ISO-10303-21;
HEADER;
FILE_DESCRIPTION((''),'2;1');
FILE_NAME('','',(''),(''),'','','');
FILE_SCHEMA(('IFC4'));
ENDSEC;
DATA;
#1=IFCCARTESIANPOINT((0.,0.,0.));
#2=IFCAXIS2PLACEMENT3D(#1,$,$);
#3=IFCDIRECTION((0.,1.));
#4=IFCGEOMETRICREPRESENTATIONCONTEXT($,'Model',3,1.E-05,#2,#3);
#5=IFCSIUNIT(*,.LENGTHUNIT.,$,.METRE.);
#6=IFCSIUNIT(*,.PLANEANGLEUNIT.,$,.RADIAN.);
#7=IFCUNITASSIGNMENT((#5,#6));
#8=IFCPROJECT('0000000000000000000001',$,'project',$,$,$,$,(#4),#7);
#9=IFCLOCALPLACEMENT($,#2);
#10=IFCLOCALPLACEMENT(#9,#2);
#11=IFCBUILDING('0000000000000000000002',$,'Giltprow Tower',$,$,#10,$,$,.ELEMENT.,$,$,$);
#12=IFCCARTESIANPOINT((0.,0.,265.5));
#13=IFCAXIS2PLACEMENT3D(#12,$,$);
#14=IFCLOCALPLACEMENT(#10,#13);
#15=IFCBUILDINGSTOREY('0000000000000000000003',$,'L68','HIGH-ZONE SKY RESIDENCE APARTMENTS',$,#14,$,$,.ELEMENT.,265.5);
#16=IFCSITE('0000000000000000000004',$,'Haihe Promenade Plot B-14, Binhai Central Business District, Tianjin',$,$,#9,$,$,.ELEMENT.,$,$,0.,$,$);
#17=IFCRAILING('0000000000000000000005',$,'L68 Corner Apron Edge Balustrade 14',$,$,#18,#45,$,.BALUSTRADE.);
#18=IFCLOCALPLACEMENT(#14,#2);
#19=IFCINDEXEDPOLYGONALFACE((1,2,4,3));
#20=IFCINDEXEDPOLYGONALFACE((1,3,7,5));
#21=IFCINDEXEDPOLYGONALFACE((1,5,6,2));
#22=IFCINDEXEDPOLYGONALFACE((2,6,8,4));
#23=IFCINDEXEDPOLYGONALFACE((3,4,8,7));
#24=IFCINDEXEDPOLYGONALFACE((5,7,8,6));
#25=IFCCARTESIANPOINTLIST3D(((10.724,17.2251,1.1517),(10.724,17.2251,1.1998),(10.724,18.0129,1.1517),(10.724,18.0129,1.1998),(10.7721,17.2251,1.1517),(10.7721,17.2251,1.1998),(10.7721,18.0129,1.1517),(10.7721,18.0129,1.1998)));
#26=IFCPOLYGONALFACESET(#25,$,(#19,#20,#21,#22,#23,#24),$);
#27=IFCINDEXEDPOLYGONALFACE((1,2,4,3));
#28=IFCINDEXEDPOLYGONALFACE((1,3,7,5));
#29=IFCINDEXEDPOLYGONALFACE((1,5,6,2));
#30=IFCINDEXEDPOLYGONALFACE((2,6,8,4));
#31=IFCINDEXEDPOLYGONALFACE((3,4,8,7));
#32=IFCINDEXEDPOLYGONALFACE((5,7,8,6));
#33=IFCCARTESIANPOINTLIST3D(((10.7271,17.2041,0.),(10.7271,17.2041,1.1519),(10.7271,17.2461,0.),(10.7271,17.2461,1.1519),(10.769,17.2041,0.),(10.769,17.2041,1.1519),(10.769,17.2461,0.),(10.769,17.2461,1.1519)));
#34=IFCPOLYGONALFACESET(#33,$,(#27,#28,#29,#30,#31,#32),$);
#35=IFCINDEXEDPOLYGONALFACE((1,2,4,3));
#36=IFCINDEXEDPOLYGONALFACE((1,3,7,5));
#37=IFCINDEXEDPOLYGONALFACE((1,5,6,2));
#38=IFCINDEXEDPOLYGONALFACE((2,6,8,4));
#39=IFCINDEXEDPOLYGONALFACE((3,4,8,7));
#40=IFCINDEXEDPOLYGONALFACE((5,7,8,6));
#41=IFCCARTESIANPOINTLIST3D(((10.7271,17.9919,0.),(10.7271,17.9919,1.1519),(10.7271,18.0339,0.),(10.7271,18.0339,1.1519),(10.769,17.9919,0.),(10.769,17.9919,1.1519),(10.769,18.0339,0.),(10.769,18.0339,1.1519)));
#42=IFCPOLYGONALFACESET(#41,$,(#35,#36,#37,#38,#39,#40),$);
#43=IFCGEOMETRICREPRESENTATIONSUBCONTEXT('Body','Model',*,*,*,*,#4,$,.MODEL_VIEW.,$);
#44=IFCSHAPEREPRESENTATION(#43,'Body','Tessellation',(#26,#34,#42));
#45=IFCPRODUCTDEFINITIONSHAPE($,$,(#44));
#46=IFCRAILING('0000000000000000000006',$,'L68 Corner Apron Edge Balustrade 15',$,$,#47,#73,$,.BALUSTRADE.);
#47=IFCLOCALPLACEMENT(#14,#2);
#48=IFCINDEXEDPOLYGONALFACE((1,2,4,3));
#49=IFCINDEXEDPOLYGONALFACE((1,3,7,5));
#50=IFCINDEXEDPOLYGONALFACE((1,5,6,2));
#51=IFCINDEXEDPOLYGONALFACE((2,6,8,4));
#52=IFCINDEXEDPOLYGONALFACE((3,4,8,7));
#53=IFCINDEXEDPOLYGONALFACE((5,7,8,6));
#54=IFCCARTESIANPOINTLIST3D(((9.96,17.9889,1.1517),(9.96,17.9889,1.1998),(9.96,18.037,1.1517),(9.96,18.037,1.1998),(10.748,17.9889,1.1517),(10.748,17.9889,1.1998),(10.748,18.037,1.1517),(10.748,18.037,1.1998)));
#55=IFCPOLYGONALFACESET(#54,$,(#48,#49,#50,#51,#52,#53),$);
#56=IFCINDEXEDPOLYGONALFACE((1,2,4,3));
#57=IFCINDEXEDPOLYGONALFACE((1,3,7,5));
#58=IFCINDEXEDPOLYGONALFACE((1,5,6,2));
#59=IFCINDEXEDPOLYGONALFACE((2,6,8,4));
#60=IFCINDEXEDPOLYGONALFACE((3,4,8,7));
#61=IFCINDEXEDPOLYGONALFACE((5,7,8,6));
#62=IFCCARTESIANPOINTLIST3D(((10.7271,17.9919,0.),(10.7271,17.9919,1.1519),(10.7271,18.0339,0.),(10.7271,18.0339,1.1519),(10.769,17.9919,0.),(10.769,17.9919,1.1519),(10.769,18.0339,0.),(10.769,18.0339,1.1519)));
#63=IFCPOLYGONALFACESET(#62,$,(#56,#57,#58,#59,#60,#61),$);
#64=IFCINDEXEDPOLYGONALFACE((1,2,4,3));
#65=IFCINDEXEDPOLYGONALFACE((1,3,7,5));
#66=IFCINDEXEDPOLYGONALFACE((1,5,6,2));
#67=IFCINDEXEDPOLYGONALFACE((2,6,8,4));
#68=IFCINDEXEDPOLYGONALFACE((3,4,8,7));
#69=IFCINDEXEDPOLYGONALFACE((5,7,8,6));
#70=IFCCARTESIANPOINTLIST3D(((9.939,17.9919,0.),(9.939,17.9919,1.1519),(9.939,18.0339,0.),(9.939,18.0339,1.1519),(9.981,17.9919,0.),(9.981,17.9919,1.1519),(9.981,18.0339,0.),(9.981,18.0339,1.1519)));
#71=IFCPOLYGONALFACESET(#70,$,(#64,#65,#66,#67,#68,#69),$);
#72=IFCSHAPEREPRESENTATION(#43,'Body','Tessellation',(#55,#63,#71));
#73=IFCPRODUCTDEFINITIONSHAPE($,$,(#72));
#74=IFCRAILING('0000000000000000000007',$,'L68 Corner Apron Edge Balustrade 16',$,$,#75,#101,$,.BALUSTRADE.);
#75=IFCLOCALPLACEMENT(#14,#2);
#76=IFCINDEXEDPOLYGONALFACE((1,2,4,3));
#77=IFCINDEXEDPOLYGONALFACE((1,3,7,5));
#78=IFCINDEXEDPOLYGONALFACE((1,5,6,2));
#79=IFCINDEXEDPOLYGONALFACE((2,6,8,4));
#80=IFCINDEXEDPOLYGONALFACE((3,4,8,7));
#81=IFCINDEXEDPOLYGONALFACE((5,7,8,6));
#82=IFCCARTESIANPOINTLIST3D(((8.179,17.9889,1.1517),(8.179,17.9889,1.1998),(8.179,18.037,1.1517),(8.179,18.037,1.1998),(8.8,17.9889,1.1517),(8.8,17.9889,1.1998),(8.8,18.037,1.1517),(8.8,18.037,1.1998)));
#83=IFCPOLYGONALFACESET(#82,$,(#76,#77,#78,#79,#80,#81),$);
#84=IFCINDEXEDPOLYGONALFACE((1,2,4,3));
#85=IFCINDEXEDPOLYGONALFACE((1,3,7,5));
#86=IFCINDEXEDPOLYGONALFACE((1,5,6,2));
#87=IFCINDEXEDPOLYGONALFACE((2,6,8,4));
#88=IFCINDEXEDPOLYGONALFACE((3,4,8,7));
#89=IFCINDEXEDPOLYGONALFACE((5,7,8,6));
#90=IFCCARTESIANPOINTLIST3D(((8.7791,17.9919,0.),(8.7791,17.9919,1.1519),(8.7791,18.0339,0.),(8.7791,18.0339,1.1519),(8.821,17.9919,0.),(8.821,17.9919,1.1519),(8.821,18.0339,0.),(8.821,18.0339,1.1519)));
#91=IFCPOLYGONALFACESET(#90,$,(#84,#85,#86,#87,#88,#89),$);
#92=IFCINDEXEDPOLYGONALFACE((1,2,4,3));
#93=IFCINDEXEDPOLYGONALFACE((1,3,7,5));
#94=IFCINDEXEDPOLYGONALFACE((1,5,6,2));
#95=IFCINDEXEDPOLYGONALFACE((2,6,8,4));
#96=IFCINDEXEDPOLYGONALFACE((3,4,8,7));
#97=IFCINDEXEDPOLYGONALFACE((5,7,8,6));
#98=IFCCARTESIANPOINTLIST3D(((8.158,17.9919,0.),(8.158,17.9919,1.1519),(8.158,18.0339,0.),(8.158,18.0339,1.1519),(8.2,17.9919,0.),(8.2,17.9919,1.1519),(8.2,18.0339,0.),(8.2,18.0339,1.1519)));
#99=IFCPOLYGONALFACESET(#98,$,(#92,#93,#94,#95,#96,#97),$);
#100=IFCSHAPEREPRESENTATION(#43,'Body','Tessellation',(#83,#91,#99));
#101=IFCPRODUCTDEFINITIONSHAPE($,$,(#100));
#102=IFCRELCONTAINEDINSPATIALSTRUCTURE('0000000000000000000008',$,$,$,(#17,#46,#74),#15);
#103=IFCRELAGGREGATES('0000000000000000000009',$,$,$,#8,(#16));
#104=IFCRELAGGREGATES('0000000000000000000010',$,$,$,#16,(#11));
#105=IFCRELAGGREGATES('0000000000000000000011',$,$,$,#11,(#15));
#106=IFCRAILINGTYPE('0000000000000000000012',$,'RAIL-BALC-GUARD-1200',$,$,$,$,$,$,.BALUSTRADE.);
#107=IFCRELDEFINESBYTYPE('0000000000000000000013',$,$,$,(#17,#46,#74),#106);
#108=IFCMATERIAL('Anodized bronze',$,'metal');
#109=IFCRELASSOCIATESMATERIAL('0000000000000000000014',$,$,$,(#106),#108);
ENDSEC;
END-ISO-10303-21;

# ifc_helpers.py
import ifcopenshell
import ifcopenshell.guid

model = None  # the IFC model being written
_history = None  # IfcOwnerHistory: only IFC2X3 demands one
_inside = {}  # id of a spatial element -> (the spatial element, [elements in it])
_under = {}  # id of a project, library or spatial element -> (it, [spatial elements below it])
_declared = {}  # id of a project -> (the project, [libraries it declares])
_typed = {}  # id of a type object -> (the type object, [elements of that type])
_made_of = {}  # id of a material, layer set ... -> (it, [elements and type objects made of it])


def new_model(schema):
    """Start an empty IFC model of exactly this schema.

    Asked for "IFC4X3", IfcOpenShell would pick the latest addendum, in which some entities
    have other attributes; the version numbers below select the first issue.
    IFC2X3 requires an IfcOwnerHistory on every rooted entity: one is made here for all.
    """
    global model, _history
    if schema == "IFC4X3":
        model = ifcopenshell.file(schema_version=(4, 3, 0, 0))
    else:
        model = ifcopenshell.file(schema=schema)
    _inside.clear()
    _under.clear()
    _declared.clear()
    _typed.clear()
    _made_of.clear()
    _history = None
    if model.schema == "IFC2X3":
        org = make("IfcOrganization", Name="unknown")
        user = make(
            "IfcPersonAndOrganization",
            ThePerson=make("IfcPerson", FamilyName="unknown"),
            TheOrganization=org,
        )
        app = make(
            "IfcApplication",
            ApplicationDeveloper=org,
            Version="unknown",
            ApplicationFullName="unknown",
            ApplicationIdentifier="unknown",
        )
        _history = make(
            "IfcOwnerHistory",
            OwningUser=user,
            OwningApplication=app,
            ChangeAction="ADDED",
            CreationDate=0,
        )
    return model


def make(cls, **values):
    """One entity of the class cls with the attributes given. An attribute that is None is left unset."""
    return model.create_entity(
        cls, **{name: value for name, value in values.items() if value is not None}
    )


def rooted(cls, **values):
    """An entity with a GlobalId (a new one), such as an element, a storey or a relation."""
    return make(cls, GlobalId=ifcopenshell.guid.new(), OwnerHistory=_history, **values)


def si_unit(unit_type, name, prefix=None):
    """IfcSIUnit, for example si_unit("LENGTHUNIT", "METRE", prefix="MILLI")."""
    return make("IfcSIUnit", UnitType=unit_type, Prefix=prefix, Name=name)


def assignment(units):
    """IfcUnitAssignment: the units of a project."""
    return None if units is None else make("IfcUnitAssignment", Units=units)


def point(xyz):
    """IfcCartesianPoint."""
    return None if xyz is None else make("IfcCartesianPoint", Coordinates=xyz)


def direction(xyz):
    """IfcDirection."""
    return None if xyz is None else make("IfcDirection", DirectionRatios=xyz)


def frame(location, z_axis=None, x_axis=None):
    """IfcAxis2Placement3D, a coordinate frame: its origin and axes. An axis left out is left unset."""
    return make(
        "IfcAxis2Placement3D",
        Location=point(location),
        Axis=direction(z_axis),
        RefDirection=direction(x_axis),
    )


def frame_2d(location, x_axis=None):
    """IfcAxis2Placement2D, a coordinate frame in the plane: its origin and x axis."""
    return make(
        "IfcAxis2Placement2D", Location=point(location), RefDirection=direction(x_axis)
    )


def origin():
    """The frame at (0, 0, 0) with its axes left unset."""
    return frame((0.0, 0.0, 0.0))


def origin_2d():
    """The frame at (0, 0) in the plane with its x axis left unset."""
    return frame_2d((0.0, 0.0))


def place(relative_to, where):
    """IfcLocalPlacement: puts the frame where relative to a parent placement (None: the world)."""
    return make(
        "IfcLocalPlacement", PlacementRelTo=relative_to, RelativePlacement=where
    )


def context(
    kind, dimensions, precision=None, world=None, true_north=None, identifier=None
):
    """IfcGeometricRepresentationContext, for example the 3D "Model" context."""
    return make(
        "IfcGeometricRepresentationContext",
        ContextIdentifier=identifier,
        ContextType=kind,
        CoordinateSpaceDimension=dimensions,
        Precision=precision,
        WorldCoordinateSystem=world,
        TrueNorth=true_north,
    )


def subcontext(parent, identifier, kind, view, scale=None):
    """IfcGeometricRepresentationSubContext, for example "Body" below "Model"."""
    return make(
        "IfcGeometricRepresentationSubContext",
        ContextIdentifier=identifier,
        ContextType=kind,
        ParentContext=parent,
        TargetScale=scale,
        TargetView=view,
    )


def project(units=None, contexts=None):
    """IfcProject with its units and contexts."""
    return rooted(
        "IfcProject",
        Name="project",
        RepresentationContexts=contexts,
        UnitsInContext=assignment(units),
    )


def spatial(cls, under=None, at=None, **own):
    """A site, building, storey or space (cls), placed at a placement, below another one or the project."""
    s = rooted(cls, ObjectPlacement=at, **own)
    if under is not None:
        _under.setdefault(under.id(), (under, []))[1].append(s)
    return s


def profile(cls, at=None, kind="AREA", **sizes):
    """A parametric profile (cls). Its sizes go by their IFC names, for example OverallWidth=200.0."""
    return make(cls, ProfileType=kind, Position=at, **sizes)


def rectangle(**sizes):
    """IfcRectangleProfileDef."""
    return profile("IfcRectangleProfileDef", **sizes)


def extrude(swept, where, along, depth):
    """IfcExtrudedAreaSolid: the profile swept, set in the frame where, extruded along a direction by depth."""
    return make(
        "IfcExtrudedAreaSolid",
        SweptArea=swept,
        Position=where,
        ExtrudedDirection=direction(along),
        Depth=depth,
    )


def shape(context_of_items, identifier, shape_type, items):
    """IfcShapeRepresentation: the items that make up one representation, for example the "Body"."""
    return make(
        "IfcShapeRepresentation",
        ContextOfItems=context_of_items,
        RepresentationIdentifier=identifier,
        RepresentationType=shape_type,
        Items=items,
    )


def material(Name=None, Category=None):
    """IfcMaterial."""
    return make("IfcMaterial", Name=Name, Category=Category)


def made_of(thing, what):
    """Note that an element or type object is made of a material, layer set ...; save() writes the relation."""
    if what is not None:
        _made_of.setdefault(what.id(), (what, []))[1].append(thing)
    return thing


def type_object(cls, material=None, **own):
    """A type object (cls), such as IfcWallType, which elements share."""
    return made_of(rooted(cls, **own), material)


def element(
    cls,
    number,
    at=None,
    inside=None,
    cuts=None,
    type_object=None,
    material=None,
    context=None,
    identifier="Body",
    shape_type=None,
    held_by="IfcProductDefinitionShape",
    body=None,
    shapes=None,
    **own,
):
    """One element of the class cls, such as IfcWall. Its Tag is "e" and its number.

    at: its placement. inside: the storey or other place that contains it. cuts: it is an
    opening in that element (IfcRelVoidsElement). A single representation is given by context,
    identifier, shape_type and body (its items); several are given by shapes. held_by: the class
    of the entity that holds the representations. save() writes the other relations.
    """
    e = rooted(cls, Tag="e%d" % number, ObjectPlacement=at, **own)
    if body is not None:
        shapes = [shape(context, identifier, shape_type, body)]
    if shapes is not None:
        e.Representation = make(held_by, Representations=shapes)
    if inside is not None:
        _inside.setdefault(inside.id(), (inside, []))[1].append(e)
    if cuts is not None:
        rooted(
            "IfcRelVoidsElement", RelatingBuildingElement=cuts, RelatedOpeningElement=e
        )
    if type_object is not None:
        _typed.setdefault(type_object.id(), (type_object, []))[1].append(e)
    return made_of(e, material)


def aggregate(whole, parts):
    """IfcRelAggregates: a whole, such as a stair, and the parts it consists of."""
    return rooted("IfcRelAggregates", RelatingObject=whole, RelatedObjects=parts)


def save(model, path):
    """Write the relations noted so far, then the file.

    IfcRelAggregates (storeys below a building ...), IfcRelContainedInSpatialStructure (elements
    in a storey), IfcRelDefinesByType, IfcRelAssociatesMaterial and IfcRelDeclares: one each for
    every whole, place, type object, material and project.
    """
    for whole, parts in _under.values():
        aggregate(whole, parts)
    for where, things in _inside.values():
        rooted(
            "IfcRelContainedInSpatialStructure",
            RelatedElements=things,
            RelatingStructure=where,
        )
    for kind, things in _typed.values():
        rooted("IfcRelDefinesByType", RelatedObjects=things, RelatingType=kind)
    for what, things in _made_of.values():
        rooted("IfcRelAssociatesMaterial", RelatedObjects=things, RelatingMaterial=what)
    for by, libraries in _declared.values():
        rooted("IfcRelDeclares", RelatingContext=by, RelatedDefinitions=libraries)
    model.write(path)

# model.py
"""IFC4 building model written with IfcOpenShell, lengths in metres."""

from ifc_helpers import new_model, si_unit, direction, frame, origin, origin_2d, place, context, subcontext, project, spatial, rectangle, extrude, material, type_object, element, save


model = new_model("IFC4")

# Units and contexts
model_context = context("Model", 3, precision=1e-05, world=origin(), true_north=direction((0.0, 1.0)))
body_context = subcontext(model_context, "Body", "Model", "MODEL_VIEW")
ifc_project = project(units=[si_unit("LENGTHUNIT", "METRE"), si_unit("PLANEANGLEUNIT", "RADIAN")], contexts=[model_context])

# Site, building, storey
site_placement = place(None, origin())
site = spatial("IfcSite", under=ifc_project, at=site_placement, Name="Haihe Promenade Plot B-14, Binhai Central Business District, Tianjin", CompositionType="ELEMENT", RefElevation=0.0)
building_placement = place(site_placement, origin())
building = spatial("IfcBuilding", under=site, at=building_placement, Name="Giltprow Tower", CompositionType="ELEMENT")
storey_placement = place(building_placement, frame((0.0, 0.0, 265.5)))
storey = spatial("IfcBuildingStorey", under=building, at=storey_placement, Name="L68", Description="HIGH-ZONE SKY RESIDENCE APARTMENTS", CompositionType="ELEMENT", Elevation=265.5)

# Shared definitions
ifc_material_1 = material(Name="Anodized bronze", Category="metal")

# Railings
railing_type = type_object("IfcRailingType", Name="RAIL-BALC-GUARD-1200", PredefinedType="BALUSTRADE", material=ifc_material_1)
railing_1_placement = place(storey_placement, frame((10.748, 17.2251, 0.0)))
element("IfcRailing", 1, at=railing_1_placement, inside=storey, type_object=railing_type, Name="L68 Corner Apron Edge Balustrade 14", PredefinedType="BALUSTRADE", context=body_context, shape_type="SweptSolid", body=[
    extrude(rectangle(XDim=0.0481, YDim=0.0481, at=origin_2d()), frame((0.0, 0.0, 1.1758), z_axis=(0.0, 1.0, 0.0), x_axis=(-1.0, 0.0, 0.0)), (0.0, 0.0, 1.0), 0.7878),
    extrude(rectangle(XDim=0.042, YDim=0.042, at=origin_2d()), origin(), (0.0, 0.0, 1.0), 1.1519),
    extrude(rectangle(XDim=0.042, YDim=0.042, at=origin_2d()), frame((0.0, 0.7878, 0.0)), (0.0, 0.0, 1.0), 1.1519),
])
railing_2_placement = place(storey_placement, frame((10.748, 18.0129, 0.0)))
element("IfcRailing", 2, at=railing_2_placement, inside=storey, type_object=railing_type, Name="L68 Corner Apron Edge Balustrade 15", PredefinedType="BALUSTRADE", context=body_context, shape_type="SweptSolid", body=[
    extrude(rectangle(XDim=0.0481, YDim=0.0481, at=origin_2d()), frame((0.0, 0.0, 1.1758), z_axis=(-1.0, 0.0, 0.0), x_axis=(0.0, -1.0, 0.0)), (0.0, 0.0, 1.0), 0.7881),
    extrude(rectangle(XDim=0.042, YDim=0.042, at=origin_2d()), origin(), (0.0, 0.0, 1.0), 1.1519),
    extrude(rectangle(XDim=0.042, YDim=0.042, at=origin_2d()), frame((-0.7881, 0.0, 0.0)), (0.0, 0.0, 1.0), 1.1519),
])
railing_3_placement = place(storey_placement, frame((8.8, 18.0129, 0.0)))
element("IfcRailing", 3, at=railing_3_placement, inside=storey, type_object=railing_type, Name="L68 Corner Apron Edge Balustrade 16", PredefinedType="BALUSTRADE", context=body_context, shape_type="SweptSolid", body=[
    extrude(rectangle(XDim=0.0481, YDim=0.0481, at=origin_2d()), frame((0.0, 0.0, 1.1758), z_axis=(-1.0, 0.0, 0.0), x_axis=(0.0, -1.0, 0.0)), (0.0, 0.0, 1.0), 0.6211),
    extrude(rectangle(XDim=0.042, YDim=0.042, at=origin_2d()), origin(), (0.0, 0.0, 1.0), 1.1519),
    extrude(rectangle(XDim=0.042, YDim=0.042, at=origin_2d()), frame((-0.6211, 0.0, 0.0)), (0.0, 0.0, 1.0), 1.1519),
])

save(model, "model.ifc")
